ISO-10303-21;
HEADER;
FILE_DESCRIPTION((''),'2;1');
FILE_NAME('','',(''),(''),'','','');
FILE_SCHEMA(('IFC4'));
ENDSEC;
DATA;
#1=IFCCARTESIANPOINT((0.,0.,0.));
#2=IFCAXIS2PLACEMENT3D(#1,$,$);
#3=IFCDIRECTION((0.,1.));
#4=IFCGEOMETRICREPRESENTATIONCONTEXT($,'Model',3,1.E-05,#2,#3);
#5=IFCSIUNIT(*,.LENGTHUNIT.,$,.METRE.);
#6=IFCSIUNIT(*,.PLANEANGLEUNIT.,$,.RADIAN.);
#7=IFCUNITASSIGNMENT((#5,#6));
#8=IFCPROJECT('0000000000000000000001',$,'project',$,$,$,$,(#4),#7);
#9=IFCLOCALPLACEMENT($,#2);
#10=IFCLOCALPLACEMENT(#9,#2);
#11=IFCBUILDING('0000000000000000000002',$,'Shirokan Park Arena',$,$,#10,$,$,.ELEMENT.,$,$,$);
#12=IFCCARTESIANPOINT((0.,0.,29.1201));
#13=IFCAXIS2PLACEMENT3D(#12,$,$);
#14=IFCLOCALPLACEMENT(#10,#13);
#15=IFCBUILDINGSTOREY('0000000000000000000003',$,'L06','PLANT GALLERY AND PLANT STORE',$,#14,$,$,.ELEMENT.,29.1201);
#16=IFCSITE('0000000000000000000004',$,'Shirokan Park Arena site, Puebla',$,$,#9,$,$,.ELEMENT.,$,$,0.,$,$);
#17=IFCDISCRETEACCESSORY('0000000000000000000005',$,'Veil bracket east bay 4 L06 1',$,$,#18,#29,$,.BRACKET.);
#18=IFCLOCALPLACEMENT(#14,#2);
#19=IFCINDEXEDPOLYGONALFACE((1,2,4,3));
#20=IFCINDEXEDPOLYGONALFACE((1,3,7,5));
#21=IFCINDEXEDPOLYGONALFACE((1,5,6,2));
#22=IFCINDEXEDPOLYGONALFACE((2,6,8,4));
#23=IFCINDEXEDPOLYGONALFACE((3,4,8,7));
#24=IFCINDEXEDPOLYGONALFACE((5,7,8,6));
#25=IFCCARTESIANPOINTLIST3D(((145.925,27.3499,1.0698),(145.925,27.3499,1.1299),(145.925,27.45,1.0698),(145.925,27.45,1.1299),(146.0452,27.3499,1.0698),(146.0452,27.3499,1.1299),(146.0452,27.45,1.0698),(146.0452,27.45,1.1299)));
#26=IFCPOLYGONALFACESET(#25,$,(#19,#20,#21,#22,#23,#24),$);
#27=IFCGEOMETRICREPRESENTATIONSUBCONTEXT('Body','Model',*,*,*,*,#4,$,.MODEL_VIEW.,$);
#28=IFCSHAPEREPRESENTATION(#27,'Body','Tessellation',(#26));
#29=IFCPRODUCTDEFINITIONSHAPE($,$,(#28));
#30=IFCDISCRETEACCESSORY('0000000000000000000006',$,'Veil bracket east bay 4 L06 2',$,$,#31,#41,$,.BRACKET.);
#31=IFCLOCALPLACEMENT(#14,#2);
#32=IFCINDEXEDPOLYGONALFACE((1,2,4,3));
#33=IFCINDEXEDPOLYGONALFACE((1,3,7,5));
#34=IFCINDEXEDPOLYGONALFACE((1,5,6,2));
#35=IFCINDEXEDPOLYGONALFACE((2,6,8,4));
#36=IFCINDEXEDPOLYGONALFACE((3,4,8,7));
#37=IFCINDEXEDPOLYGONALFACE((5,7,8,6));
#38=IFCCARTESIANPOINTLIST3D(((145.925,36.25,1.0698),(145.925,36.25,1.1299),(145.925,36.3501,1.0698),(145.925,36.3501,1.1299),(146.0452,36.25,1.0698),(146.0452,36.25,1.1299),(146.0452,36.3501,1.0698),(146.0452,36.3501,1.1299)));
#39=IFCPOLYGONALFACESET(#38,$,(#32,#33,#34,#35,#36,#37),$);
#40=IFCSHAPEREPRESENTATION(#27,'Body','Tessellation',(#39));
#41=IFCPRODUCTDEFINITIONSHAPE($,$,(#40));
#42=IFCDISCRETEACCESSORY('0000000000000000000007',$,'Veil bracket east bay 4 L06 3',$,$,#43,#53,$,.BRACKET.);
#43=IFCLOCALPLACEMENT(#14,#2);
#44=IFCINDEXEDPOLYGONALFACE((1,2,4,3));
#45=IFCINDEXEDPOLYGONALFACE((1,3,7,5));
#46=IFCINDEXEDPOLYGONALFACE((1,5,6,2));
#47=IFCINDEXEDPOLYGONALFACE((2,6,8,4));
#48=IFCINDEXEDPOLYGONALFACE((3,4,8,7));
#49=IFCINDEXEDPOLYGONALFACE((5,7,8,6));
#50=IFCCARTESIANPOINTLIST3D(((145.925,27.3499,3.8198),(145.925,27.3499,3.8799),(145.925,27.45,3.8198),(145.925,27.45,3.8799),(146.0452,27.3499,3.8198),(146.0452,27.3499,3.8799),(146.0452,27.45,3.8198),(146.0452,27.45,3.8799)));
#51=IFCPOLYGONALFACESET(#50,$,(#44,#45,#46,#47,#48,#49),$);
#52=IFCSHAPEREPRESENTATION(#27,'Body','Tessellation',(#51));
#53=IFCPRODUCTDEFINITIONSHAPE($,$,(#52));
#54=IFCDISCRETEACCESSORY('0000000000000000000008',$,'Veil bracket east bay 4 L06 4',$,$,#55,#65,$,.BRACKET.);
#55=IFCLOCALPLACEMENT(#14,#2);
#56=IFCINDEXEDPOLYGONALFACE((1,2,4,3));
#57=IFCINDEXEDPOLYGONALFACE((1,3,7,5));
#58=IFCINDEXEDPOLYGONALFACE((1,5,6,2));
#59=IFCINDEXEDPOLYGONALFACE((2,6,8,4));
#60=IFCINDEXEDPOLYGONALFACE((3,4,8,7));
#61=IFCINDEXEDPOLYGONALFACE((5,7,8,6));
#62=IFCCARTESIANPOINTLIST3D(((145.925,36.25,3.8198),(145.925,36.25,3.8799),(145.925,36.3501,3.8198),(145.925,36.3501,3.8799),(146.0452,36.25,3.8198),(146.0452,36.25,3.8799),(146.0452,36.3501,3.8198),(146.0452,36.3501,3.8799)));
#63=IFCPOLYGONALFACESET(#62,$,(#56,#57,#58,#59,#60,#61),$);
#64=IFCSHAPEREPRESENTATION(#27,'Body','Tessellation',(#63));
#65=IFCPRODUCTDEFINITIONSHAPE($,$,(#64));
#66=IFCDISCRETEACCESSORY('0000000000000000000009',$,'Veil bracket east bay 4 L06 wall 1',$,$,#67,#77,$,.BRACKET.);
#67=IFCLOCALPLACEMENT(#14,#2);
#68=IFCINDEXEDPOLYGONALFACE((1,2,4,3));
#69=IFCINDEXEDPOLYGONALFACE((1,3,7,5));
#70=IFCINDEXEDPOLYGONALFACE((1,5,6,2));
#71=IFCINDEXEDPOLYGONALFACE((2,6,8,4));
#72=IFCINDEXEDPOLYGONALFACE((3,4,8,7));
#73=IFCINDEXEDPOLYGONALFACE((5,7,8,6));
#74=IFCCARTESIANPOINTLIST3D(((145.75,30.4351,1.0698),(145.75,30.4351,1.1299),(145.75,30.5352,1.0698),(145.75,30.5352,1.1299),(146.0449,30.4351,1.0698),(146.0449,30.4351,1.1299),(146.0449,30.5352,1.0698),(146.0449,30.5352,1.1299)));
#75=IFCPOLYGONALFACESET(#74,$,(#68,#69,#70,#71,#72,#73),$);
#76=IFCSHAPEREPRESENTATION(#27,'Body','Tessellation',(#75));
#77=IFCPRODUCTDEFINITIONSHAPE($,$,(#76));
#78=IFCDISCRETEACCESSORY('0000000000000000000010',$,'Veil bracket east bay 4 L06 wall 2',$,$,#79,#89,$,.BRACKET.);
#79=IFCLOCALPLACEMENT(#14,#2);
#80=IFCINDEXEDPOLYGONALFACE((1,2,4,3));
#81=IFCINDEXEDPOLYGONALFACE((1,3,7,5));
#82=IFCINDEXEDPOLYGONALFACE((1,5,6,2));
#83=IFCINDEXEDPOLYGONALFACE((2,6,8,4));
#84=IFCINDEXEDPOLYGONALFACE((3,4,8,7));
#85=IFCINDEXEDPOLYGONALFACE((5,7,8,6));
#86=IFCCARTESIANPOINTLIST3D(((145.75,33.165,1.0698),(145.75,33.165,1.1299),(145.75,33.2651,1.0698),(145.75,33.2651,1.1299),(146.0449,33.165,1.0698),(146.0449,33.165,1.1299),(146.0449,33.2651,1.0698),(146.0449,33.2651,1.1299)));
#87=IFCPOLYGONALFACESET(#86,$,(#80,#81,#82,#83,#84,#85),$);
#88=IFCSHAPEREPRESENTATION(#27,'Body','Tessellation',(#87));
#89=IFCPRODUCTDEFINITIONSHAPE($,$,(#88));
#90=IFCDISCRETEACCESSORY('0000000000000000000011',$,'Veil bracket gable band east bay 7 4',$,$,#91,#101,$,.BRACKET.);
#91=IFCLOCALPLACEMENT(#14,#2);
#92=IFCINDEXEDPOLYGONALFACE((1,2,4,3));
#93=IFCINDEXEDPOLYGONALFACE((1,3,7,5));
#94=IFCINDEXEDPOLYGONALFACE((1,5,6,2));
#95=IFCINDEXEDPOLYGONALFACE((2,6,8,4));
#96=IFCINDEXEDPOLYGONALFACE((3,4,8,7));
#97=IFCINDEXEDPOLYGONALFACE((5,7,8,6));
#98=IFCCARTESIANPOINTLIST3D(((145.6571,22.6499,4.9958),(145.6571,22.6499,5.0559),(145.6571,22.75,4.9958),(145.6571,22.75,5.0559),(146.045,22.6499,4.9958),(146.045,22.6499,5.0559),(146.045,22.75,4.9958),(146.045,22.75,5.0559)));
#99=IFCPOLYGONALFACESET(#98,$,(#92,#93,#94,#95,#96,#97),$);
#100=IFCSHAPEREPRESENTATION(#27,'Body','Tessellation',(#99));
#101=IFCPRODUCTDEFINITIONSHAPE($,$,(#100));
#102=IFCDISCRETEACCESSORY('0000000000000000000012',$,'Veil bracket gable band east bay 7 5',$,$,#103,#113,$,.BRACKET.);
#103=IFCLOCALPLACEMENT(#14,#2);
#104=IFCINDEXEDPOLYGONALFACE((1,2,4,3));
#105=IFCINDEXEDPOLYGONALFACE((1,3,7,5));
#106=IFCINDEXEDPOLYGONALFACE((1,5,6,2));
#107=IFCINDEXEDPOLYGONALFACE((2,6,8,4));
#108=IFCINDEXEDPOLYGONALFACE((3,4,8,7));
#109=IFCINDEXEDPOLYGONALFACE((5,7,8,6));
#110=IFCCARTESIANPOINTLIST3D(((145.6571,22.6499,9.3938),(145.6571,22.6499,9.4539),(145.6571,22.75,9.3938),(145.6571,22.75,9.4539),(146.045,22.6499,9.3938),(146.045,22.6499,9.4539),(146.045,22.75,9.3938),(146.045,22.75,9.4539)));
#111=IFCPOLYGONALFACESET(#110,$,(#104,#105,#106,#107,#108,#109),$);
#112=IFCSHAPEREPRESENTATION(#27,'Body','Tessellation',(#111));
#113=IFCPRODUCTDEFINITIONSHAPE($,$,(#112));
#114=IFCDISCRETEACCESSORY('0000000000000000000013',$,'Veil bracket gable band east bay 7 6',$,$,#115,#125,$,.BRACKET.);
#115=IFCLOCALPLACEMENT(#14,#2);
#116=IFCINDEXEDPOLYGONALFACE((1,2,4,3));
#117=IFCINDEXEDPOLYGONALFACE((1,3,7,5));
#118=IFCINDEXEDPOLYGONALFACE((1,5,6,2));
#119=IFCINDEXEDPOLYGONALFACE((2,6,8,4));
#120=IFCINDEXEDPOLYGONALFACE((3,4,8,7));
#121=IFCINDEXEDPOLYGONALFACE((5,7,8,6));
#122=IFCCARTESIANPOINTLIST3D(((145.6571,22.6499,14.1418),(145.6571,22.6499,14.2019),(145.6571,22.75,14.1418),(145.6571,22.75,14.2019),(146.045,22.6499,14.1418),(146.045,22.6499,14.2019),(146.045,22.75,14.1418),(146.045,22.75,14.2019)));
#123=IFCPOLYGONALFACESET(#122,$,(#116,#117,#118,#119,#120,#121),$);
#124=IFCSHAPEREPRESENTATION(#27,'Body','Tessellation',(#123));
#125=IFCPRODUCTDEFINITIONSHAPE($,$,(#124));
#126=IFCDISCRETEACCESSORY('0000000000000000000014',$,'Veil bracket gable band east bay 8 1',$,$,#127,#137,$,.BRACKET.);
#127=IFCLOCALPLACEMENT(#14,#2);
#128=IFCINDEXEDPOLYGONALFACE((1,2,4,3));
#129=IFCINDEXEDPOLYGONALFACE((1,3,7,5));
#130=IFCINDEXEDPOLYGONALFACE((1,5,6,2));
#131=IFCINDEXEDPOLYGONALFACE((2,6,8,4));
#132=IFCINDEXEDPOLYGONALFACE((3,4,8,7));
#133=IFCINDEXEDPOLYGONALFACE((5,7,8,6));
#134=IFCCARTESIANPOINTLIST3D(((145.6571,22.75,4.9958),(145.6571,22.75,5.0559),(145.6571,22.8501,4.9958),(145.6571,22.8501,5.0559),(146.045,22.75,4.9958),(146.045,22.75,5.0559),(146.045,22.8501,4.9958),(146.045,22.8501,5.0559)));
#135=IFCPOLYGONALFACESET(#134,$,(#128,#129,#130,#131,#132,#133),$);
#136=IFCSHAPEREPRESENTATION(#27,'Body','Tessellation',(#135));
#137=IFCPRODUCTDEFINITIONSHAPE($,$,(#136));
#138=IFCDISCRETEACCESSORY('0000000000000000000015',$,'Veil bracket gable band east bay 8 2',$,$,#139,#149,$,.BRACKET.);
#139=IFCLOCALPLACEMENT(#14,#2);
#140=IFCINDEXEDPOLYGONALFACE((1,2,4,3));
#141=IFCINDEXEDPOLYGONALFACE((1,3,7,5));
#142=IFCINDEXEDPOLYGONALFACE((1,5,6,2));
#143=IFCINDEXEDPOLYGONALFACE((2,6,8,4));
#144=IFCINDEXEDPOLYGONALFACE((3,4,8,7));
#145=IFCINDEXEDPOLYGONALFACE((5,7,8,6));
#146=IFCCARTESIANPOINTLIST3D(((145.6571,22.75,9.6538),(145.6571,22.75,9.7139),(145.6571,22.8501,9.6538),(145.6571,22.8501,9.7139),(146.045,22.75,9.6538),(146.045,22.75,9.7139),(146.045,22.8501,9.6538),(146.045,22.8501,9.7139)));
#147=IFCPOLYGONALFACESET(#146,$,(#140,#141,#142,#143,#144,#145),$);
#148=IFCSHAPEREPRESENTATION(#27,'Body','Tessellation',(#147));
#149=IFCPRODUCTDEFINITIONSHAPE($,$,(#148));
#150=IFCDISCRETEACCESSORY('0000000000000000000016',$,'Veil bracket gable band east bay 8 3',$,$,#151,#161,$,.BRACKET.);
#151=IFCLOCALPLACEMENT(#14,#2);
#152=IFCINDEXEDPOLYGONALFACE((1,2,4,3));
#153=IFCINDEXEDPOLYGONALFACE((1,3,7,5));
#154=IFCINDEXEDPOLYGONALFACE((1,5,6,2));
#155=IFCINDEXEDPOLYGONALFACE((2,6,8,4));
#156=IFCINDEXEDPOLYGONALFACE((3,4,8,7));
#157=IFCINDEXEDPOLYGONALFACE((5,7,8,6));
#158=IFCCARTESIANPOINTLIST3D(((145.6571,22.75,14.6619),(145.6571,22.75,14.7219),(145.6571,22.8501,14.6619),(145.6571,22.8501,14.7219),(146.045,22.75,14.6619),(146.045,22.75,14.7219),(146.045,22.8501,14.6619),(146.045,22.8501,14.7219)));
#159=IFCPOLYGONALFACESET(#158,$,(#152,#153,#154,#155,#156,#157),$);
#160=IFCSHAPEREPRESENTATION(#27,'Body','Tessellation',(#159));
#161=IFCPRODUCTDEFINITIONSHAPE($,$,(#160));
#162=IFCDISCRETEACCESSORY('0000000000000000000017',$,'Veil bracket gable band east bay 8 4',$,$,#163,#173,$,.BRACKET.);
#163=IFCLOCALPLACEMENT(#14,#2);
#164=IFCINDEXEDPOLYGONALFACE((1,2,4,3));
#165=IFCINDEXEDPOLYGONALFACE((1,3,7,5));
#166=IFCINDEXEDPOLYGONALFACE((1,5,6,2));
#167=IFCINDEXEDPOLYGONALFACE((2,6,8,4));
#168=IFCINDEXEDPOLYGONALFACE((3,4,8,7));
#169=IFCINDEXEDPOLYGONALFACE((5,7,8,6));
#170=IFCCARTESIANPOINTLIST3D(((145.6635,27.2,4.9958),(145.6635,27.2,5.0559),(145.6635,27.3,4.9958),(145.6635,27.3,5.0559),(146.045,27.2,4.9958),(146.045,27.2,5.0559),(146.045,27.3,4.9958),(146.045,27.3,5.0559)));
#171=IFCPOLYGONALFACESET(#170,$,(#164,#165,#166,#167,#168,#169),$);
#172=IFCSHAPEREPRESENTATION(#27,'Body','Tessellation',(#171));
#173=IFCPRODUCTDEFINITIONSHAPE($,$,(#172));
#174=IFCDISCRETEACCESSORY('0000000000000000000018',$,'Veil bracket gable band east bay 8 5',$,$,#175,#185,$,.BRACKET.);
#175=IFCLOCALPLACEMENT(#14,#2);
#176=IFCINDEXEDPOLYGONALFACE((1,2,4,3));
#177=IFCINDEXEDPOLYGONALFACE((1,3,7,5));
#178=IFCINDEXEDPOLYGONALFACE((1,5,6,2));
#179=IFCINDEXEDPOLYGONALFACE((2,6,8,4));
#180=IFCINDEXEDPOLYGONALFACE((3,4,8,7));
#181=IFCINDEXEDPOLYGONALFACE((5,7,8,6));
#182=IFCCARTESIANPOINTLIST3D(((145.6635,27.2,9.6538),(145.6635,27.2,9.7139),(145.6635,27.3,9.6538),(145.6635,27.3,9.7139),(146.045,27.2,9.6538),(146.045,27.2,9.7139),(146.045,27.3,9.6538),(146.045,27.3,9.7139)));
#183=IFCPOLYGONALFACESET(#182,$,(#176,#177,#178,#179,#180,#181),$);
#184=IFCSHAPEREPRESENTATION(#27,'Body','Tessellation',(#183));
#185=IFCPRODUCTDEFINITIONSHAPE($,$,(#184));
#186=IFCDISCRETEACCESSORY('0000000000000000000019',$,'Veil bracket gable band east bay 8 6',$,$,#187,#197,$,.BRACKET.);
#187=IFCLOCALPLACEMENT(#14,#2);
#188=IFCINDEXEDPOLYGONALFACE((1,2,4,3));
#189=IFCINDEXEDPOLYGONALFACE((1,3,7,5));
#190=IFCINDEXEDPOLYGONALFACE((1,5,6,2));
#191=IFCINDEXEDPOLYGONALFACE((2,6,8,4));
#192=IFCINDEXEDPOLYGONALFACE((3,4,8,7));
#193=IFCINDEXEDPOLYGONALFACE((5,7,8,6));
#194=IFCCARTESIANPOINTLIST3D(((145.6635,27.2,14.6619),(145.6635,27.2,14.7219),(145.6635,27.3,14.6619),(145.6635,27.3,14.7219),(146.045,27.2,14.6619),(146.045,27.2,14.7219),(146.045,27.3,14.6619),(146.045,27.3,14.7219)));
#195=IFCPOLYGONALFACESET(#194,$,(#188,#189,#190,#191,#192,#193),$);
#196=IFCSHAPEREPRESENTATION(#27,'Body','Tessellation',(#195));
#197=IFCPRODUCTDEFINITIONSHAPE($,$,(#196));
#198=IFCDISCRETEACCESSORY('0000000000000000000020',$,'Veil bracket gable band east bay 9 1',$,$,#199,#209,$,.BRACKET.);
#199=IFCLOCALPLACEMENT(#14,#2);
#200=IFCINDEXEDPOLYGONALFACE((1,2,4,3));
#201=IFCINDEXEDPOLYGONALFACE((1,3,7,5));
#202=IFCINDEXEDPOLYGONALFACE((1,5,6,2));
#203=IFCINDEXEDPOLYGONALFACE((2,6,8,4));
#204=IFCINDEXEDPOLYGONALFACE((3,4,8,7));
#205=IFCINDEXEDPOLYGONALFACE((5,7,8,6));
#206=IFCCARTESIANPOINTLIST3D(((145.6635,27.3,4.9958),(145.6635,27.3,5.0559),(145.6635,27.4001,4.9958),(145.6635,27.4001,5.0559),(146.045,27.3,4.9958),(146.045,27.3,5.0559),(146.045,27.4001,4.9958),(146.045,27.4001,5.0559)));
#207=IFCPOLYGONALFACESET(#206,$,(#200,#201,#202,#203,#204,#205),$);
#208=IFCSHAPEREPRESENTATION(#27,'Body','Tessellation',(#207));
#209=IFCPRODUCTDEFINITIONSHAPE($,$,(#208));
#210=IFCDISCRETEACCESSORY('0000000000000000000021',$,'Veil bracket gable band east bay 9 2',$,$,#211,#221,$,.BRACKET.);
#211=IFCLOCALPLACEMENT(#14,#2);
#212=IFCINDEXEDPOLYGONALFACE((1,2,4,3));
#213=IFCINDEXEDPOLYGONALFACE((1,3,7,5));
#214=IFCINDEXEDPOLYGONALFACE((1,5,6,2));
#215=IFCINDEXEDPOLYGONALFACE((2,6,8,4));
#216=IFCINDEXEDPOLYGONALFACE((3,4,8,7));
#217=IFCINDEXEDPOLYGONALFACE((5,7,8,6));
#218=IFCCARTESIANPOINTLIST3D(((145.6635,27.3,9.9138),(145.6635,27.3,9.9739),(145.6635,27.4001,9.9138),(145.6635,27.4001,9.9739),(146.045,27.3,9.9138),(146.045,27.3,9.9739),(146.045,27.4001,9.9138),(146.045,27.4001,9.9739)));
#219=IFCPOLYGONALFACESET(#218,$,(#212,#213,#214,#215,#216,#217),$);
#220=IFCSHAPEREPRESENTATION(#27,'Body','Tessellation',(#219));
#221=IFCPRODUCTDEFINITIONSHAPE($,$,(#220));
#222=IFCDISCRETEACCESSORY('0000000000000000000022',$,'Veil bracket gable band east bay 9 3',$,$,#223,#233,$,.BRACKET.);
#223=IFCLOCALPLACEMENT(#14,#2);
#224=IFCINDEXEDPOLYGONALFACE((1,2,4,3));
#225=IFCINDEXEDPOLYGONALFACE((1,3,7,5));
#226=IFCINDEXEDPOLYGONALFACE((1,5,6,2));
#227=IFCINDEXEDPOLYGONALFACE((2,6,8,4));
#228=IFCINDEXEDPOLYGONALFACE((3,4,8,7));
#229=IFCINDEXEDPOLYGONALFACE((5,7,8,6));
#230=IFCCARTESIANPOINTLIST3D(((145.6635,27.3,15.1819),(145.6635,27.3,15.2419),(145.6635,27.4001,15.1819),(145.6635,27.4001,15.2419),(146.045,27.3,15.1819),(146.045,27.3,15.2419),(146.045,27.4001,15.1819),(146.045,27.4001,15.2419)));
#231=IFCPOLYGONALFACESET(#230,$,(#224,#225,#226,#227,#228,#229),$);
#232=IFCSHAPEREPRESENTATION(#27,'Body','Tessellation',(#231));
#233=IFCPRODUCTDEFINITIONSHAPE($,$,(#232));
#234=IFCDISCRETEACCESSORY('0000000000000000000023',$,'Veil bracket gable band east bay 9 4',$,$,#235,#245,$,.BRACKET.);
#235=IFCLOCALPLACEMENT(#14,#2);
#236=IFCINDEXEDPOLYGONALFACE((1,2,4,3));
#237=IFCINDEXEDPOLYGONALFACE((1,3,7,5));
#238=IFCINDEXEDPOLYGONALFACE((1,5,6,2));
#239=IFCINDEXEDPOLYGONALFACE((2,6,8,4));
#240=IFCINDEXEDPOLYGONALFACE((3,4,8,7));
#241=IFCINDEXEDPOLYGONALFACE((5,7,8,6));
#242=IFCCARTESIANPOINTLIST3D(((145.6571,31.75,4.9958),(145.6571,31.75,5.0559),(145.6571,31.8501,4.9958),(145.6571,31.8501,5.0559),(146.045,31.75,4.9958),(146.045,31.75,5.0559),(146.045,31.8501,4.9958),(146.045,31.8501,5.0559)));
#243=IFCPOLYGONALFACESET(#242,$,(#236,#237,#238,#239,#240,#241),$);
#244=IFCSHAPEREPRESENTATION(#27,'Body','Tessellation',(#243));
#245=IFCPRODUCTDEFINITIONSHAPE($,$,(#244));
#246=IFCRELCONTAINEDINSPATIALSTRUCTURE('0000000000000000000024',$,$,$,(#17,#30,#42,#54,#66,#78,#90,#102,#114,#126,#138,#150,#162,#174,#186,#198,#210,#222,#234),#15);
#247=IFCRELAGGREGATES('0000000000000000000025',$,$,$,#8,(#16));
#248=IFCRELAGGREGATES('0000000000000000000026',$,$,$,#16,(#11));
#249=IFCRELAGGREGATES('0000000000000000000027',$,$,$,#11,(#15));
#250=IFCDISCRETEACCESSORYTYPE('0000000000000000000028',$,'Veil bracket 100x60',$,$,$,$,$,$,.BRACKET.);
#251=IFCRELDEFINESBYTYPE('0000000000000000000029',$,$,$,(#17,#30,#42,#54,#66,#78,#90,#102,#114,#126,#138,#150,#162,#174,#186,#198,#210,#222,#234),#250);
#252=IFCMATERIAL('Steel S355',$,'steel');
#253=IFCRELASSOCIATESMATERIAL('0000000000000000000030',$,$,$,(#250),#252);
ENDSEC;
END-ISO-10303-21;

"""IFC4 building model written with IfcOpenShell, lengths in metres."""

from ifc_helpers import new_model, si_unit, direction, frame, origin, origin_2d, place, context, subcontext, project, spatial, rectangle, extrude, material, type_object, element, save


model = new_model("IFC4")

# Units and contexts
model_context = context("Model", 3, precision=1e-05, world=origin(), true_north=direction((0.0, 1.0)))
body_context = subcontext(model_context, "Body", "Model", "MODEL_VIEW")
ifc_project = project(units=[si_unit("LENGTHUNIT", "METRE"), si_unit("PLANEANGLEUNIT", "RADIAN")], contexts=[model_context])

# Site, building, storey
site_placement = place(None, origin())
site = spatial("IfcSite", under=ifc_project, at=site_placement, Name="Shirokan Park Arena site, Puebla", CompositionType="ELEMENT", RefElevation=0.0)
building_placement = place(site_placement, origin())
building = spatial("IfcBuilding", under=site, at=building_placement, Name="Shirokan Park Arena", CompositionType="ELEMENT")
storey_placement = place(building_placement, frame((0.0, 0.0, 29.1201)))
storey = spatial("IfcBuildingStorey", under=building, at=storey_placement, Name="L06", Description="PLANT GALLERY AND PLANT STORE", CompositionType="ELEMENT", Elevation=29.1201)

# Discrete accessories
ifc_material_1 = material(Name="Steel S355", Category="steel")
discrete_accessory_type = type_object("IfcDiscreteAccessoryType", Name="Veil bracket 100x60", PredefinedType="BRACKET", material=ifc_material_1)
for number, where, z_axis, x_axis, name in (
    (1, (145.9851, 27.3999, 1.0698), (0.0, 0.0, 1.0), (0.0, 1.0, 0.0), "Veil bracket east bay 4 L06 1"),
    (2, (145.9851, 36.3, 1.0698), (0.0, 0.0, 1.0), (0.0, 1.0, 0.0), "Veil bracket east bay 4 L06 2"),
    (3, (145.9851, 27.3999, 3.8198), (0.0, 0.0, 1.0), (0.0, 1.0, 0.0), "Veil bracket east bay 4 L06 3"),
    (4, (145.9851, 36.3, 3.8198), (0.0, 0.0, 1.0), (0.0, 1.0, 0.0), "Veil bracket east bay 4 L06 4"),
):
    element("IfcDiscreteAccessory", number, at=place(storey_placement, frame(where, z_axis=z_axis, x_axis=x_axis)), inside=storey, type_object=discrete_accessory_type, Name=name, PredefinedType="BRACKET", context=body_context, shape_type="SweptSolid", body=[
        extrude(rectangle(XDim=0.1001, YDim=0.1201, at=origin_2d()), origin(), (0.0, 0.0, 1.0), 0.0601),
    ])
for number, where, z_axis, x_axis, name in (
    (5, (145.8975, 30.4851, 1.0698), (0.0, 0.0, 1.0), (0.0, 1.0, 0.0), "Veil bracket east bay 4 L06 wall 1"),
    (6, (145.8975, 33.2151, 1.0698), (0.0, 0.0, 1.0), (0.0, 1.0, 0.0), "Veil bracket east bay 4 L06 wall 2"),
):
    element("IfcDiscreteAccessory", number, at=place(storey_placement, frame(where, z_axis=z_axis, x_axis=x_axis)), inside=storey, type_object=discrete_accessory_type, Name=name, PredefinedType="BRACKET", context=body_context, shape_type="SweptSolid", body=[
        extrude(rectangle(XDim=0.1001, YDim=0.2949, at=origin_2d()), origin(), (0.0, 0.0, 1.0), 0.0601),
    ])
for number, where, z_axis, x_axis, name in (
    (7, (145.8511, 22.7, 4.9958), (0.0, 0.0, 1.0), (1.0, 0.0, 0.0), "Veil bracket gable band east bay 7 4"),
    (8, (145.8511, 22.7, 9.3938), (0.0, 0.0, 1.0), (1.0, 0.0, 0.0), "Veil bracket gable band east bay 7 5"),
    (9, (145.8511, 22.7, 14.1418), (0.0, 0.0, 1.0), (1.0, 0.0, 0.0), "Veil bracket gable band east bay 7 6"),
    (10, (145.8511, 22.8, 4.9958), (0.0, 0.0, 1.0), (1.0, 0.0, 0.0), "Veil bracket gable band east bay 8 1"),
    (11, (145.8511, 22.8, 9.6538), (0.0, 0.0, 1.0), (1.0, 0.0, 0.0), "Veil bracket gable band east bay 8 2"),
    (12, (145.8511, 22.8, 14.6619), (0.0, 0.0, 1.0), (1.0, 0.0, 0.0), "Veil bracket gable band east bay 8 3"),
):
    element("IfcDiscreteAccessory", number, at=place(storey_placement, frame(where, z_axis=z_axis, x_axis=x_axis)), inside=storey, type_object=discrete_accessory_type, Name=name, PredefinedType="BRACKET", context=body_context, shape_type="SweptSolid", body=[
        extrude(rectangle(XDim=0.3879, YDim=0.1001, at=origin_2d()), origin(), (0.0, 0.0, 1.0), 0.0601),
    ])
for number, where, z_axis, x_axis, name in (
    (13, (145.8542, 27.25, 4.9958), (0.0, 0.0, 1.0), (1.0, 0.0, 0.0), "Veil bracket gable band east bay 8 4"),
    (14, (145.8542, 27.25, 9.6538), (0.0, 0.0, 1.0), (1.0, 0.0, 0.0), "Veil bracket gable band east bay 8 5"),
    (15, (145.8542, 27.25, 14.6619), (0.0, 0.0, 1.0), (1.0, 0.0, 0.0), "Veil bracket gable band east bay 8 6"),
    (16, (145.8542, 27.3501, 4.9958), (0.0, 0.0, 1.0), (1.0, 0.0, 0.0), "Veil bracket gable band east bay 9 1"),
    (17, (145.8542, 27.3501, 9.9138), (0.0, 0.0, 1.0), (1.0, 0.0, 0.0), "Veil bracket gable band east bay 9 2"),
    (18, (145.8542, 27.3501, 15.1819), (0.0, 0.0, 1.0), (1.0, 0.0, 0.0), "Veil bracket gable band east bay 9 3"),
):
    element("IfcDiscreteAccessory", number, at=place(storey_placement, frame(where, z_axis=z_axis, x_axis=x_axis)), inside=storey, type_object=discrete_accessory_type, Name=name, PredefinedType="BRACKET", context=body_context, shape_type="SweptSolid", body=[
        extrude(rectangle(XDim=0.3816, YDim=0.1001, at=origin_2d()), origin(), (0.0, 0.0, 1.0), 0.0601),
    ])
for number, where, z_axis, x_axis, name in (
    (19, (145.8511, 31.8, 4.9958), (0.0, 0.0, 1.0), (1.0, 0.0, 0.0), "Veil bracket gable band east bay 9 4"),
):
    element("IfcDiscreteAccessory", number, at=place(storey_placement, frame(where, z_axis=z_axis, x_axis=x_axis)), inside=storey, type_object=discrete_accessory_type, Name=name, PredefinedType="BRACKET", context=body_context, shape_type="SweptSolid", body=[
        extrude(rectangle(XDim=0.3879, YDim=0.1001, at=origin_2d()), origin(), (0.0, 0.0, 1.0), 0.0601),
    ])

save(model, "model.ifc")
